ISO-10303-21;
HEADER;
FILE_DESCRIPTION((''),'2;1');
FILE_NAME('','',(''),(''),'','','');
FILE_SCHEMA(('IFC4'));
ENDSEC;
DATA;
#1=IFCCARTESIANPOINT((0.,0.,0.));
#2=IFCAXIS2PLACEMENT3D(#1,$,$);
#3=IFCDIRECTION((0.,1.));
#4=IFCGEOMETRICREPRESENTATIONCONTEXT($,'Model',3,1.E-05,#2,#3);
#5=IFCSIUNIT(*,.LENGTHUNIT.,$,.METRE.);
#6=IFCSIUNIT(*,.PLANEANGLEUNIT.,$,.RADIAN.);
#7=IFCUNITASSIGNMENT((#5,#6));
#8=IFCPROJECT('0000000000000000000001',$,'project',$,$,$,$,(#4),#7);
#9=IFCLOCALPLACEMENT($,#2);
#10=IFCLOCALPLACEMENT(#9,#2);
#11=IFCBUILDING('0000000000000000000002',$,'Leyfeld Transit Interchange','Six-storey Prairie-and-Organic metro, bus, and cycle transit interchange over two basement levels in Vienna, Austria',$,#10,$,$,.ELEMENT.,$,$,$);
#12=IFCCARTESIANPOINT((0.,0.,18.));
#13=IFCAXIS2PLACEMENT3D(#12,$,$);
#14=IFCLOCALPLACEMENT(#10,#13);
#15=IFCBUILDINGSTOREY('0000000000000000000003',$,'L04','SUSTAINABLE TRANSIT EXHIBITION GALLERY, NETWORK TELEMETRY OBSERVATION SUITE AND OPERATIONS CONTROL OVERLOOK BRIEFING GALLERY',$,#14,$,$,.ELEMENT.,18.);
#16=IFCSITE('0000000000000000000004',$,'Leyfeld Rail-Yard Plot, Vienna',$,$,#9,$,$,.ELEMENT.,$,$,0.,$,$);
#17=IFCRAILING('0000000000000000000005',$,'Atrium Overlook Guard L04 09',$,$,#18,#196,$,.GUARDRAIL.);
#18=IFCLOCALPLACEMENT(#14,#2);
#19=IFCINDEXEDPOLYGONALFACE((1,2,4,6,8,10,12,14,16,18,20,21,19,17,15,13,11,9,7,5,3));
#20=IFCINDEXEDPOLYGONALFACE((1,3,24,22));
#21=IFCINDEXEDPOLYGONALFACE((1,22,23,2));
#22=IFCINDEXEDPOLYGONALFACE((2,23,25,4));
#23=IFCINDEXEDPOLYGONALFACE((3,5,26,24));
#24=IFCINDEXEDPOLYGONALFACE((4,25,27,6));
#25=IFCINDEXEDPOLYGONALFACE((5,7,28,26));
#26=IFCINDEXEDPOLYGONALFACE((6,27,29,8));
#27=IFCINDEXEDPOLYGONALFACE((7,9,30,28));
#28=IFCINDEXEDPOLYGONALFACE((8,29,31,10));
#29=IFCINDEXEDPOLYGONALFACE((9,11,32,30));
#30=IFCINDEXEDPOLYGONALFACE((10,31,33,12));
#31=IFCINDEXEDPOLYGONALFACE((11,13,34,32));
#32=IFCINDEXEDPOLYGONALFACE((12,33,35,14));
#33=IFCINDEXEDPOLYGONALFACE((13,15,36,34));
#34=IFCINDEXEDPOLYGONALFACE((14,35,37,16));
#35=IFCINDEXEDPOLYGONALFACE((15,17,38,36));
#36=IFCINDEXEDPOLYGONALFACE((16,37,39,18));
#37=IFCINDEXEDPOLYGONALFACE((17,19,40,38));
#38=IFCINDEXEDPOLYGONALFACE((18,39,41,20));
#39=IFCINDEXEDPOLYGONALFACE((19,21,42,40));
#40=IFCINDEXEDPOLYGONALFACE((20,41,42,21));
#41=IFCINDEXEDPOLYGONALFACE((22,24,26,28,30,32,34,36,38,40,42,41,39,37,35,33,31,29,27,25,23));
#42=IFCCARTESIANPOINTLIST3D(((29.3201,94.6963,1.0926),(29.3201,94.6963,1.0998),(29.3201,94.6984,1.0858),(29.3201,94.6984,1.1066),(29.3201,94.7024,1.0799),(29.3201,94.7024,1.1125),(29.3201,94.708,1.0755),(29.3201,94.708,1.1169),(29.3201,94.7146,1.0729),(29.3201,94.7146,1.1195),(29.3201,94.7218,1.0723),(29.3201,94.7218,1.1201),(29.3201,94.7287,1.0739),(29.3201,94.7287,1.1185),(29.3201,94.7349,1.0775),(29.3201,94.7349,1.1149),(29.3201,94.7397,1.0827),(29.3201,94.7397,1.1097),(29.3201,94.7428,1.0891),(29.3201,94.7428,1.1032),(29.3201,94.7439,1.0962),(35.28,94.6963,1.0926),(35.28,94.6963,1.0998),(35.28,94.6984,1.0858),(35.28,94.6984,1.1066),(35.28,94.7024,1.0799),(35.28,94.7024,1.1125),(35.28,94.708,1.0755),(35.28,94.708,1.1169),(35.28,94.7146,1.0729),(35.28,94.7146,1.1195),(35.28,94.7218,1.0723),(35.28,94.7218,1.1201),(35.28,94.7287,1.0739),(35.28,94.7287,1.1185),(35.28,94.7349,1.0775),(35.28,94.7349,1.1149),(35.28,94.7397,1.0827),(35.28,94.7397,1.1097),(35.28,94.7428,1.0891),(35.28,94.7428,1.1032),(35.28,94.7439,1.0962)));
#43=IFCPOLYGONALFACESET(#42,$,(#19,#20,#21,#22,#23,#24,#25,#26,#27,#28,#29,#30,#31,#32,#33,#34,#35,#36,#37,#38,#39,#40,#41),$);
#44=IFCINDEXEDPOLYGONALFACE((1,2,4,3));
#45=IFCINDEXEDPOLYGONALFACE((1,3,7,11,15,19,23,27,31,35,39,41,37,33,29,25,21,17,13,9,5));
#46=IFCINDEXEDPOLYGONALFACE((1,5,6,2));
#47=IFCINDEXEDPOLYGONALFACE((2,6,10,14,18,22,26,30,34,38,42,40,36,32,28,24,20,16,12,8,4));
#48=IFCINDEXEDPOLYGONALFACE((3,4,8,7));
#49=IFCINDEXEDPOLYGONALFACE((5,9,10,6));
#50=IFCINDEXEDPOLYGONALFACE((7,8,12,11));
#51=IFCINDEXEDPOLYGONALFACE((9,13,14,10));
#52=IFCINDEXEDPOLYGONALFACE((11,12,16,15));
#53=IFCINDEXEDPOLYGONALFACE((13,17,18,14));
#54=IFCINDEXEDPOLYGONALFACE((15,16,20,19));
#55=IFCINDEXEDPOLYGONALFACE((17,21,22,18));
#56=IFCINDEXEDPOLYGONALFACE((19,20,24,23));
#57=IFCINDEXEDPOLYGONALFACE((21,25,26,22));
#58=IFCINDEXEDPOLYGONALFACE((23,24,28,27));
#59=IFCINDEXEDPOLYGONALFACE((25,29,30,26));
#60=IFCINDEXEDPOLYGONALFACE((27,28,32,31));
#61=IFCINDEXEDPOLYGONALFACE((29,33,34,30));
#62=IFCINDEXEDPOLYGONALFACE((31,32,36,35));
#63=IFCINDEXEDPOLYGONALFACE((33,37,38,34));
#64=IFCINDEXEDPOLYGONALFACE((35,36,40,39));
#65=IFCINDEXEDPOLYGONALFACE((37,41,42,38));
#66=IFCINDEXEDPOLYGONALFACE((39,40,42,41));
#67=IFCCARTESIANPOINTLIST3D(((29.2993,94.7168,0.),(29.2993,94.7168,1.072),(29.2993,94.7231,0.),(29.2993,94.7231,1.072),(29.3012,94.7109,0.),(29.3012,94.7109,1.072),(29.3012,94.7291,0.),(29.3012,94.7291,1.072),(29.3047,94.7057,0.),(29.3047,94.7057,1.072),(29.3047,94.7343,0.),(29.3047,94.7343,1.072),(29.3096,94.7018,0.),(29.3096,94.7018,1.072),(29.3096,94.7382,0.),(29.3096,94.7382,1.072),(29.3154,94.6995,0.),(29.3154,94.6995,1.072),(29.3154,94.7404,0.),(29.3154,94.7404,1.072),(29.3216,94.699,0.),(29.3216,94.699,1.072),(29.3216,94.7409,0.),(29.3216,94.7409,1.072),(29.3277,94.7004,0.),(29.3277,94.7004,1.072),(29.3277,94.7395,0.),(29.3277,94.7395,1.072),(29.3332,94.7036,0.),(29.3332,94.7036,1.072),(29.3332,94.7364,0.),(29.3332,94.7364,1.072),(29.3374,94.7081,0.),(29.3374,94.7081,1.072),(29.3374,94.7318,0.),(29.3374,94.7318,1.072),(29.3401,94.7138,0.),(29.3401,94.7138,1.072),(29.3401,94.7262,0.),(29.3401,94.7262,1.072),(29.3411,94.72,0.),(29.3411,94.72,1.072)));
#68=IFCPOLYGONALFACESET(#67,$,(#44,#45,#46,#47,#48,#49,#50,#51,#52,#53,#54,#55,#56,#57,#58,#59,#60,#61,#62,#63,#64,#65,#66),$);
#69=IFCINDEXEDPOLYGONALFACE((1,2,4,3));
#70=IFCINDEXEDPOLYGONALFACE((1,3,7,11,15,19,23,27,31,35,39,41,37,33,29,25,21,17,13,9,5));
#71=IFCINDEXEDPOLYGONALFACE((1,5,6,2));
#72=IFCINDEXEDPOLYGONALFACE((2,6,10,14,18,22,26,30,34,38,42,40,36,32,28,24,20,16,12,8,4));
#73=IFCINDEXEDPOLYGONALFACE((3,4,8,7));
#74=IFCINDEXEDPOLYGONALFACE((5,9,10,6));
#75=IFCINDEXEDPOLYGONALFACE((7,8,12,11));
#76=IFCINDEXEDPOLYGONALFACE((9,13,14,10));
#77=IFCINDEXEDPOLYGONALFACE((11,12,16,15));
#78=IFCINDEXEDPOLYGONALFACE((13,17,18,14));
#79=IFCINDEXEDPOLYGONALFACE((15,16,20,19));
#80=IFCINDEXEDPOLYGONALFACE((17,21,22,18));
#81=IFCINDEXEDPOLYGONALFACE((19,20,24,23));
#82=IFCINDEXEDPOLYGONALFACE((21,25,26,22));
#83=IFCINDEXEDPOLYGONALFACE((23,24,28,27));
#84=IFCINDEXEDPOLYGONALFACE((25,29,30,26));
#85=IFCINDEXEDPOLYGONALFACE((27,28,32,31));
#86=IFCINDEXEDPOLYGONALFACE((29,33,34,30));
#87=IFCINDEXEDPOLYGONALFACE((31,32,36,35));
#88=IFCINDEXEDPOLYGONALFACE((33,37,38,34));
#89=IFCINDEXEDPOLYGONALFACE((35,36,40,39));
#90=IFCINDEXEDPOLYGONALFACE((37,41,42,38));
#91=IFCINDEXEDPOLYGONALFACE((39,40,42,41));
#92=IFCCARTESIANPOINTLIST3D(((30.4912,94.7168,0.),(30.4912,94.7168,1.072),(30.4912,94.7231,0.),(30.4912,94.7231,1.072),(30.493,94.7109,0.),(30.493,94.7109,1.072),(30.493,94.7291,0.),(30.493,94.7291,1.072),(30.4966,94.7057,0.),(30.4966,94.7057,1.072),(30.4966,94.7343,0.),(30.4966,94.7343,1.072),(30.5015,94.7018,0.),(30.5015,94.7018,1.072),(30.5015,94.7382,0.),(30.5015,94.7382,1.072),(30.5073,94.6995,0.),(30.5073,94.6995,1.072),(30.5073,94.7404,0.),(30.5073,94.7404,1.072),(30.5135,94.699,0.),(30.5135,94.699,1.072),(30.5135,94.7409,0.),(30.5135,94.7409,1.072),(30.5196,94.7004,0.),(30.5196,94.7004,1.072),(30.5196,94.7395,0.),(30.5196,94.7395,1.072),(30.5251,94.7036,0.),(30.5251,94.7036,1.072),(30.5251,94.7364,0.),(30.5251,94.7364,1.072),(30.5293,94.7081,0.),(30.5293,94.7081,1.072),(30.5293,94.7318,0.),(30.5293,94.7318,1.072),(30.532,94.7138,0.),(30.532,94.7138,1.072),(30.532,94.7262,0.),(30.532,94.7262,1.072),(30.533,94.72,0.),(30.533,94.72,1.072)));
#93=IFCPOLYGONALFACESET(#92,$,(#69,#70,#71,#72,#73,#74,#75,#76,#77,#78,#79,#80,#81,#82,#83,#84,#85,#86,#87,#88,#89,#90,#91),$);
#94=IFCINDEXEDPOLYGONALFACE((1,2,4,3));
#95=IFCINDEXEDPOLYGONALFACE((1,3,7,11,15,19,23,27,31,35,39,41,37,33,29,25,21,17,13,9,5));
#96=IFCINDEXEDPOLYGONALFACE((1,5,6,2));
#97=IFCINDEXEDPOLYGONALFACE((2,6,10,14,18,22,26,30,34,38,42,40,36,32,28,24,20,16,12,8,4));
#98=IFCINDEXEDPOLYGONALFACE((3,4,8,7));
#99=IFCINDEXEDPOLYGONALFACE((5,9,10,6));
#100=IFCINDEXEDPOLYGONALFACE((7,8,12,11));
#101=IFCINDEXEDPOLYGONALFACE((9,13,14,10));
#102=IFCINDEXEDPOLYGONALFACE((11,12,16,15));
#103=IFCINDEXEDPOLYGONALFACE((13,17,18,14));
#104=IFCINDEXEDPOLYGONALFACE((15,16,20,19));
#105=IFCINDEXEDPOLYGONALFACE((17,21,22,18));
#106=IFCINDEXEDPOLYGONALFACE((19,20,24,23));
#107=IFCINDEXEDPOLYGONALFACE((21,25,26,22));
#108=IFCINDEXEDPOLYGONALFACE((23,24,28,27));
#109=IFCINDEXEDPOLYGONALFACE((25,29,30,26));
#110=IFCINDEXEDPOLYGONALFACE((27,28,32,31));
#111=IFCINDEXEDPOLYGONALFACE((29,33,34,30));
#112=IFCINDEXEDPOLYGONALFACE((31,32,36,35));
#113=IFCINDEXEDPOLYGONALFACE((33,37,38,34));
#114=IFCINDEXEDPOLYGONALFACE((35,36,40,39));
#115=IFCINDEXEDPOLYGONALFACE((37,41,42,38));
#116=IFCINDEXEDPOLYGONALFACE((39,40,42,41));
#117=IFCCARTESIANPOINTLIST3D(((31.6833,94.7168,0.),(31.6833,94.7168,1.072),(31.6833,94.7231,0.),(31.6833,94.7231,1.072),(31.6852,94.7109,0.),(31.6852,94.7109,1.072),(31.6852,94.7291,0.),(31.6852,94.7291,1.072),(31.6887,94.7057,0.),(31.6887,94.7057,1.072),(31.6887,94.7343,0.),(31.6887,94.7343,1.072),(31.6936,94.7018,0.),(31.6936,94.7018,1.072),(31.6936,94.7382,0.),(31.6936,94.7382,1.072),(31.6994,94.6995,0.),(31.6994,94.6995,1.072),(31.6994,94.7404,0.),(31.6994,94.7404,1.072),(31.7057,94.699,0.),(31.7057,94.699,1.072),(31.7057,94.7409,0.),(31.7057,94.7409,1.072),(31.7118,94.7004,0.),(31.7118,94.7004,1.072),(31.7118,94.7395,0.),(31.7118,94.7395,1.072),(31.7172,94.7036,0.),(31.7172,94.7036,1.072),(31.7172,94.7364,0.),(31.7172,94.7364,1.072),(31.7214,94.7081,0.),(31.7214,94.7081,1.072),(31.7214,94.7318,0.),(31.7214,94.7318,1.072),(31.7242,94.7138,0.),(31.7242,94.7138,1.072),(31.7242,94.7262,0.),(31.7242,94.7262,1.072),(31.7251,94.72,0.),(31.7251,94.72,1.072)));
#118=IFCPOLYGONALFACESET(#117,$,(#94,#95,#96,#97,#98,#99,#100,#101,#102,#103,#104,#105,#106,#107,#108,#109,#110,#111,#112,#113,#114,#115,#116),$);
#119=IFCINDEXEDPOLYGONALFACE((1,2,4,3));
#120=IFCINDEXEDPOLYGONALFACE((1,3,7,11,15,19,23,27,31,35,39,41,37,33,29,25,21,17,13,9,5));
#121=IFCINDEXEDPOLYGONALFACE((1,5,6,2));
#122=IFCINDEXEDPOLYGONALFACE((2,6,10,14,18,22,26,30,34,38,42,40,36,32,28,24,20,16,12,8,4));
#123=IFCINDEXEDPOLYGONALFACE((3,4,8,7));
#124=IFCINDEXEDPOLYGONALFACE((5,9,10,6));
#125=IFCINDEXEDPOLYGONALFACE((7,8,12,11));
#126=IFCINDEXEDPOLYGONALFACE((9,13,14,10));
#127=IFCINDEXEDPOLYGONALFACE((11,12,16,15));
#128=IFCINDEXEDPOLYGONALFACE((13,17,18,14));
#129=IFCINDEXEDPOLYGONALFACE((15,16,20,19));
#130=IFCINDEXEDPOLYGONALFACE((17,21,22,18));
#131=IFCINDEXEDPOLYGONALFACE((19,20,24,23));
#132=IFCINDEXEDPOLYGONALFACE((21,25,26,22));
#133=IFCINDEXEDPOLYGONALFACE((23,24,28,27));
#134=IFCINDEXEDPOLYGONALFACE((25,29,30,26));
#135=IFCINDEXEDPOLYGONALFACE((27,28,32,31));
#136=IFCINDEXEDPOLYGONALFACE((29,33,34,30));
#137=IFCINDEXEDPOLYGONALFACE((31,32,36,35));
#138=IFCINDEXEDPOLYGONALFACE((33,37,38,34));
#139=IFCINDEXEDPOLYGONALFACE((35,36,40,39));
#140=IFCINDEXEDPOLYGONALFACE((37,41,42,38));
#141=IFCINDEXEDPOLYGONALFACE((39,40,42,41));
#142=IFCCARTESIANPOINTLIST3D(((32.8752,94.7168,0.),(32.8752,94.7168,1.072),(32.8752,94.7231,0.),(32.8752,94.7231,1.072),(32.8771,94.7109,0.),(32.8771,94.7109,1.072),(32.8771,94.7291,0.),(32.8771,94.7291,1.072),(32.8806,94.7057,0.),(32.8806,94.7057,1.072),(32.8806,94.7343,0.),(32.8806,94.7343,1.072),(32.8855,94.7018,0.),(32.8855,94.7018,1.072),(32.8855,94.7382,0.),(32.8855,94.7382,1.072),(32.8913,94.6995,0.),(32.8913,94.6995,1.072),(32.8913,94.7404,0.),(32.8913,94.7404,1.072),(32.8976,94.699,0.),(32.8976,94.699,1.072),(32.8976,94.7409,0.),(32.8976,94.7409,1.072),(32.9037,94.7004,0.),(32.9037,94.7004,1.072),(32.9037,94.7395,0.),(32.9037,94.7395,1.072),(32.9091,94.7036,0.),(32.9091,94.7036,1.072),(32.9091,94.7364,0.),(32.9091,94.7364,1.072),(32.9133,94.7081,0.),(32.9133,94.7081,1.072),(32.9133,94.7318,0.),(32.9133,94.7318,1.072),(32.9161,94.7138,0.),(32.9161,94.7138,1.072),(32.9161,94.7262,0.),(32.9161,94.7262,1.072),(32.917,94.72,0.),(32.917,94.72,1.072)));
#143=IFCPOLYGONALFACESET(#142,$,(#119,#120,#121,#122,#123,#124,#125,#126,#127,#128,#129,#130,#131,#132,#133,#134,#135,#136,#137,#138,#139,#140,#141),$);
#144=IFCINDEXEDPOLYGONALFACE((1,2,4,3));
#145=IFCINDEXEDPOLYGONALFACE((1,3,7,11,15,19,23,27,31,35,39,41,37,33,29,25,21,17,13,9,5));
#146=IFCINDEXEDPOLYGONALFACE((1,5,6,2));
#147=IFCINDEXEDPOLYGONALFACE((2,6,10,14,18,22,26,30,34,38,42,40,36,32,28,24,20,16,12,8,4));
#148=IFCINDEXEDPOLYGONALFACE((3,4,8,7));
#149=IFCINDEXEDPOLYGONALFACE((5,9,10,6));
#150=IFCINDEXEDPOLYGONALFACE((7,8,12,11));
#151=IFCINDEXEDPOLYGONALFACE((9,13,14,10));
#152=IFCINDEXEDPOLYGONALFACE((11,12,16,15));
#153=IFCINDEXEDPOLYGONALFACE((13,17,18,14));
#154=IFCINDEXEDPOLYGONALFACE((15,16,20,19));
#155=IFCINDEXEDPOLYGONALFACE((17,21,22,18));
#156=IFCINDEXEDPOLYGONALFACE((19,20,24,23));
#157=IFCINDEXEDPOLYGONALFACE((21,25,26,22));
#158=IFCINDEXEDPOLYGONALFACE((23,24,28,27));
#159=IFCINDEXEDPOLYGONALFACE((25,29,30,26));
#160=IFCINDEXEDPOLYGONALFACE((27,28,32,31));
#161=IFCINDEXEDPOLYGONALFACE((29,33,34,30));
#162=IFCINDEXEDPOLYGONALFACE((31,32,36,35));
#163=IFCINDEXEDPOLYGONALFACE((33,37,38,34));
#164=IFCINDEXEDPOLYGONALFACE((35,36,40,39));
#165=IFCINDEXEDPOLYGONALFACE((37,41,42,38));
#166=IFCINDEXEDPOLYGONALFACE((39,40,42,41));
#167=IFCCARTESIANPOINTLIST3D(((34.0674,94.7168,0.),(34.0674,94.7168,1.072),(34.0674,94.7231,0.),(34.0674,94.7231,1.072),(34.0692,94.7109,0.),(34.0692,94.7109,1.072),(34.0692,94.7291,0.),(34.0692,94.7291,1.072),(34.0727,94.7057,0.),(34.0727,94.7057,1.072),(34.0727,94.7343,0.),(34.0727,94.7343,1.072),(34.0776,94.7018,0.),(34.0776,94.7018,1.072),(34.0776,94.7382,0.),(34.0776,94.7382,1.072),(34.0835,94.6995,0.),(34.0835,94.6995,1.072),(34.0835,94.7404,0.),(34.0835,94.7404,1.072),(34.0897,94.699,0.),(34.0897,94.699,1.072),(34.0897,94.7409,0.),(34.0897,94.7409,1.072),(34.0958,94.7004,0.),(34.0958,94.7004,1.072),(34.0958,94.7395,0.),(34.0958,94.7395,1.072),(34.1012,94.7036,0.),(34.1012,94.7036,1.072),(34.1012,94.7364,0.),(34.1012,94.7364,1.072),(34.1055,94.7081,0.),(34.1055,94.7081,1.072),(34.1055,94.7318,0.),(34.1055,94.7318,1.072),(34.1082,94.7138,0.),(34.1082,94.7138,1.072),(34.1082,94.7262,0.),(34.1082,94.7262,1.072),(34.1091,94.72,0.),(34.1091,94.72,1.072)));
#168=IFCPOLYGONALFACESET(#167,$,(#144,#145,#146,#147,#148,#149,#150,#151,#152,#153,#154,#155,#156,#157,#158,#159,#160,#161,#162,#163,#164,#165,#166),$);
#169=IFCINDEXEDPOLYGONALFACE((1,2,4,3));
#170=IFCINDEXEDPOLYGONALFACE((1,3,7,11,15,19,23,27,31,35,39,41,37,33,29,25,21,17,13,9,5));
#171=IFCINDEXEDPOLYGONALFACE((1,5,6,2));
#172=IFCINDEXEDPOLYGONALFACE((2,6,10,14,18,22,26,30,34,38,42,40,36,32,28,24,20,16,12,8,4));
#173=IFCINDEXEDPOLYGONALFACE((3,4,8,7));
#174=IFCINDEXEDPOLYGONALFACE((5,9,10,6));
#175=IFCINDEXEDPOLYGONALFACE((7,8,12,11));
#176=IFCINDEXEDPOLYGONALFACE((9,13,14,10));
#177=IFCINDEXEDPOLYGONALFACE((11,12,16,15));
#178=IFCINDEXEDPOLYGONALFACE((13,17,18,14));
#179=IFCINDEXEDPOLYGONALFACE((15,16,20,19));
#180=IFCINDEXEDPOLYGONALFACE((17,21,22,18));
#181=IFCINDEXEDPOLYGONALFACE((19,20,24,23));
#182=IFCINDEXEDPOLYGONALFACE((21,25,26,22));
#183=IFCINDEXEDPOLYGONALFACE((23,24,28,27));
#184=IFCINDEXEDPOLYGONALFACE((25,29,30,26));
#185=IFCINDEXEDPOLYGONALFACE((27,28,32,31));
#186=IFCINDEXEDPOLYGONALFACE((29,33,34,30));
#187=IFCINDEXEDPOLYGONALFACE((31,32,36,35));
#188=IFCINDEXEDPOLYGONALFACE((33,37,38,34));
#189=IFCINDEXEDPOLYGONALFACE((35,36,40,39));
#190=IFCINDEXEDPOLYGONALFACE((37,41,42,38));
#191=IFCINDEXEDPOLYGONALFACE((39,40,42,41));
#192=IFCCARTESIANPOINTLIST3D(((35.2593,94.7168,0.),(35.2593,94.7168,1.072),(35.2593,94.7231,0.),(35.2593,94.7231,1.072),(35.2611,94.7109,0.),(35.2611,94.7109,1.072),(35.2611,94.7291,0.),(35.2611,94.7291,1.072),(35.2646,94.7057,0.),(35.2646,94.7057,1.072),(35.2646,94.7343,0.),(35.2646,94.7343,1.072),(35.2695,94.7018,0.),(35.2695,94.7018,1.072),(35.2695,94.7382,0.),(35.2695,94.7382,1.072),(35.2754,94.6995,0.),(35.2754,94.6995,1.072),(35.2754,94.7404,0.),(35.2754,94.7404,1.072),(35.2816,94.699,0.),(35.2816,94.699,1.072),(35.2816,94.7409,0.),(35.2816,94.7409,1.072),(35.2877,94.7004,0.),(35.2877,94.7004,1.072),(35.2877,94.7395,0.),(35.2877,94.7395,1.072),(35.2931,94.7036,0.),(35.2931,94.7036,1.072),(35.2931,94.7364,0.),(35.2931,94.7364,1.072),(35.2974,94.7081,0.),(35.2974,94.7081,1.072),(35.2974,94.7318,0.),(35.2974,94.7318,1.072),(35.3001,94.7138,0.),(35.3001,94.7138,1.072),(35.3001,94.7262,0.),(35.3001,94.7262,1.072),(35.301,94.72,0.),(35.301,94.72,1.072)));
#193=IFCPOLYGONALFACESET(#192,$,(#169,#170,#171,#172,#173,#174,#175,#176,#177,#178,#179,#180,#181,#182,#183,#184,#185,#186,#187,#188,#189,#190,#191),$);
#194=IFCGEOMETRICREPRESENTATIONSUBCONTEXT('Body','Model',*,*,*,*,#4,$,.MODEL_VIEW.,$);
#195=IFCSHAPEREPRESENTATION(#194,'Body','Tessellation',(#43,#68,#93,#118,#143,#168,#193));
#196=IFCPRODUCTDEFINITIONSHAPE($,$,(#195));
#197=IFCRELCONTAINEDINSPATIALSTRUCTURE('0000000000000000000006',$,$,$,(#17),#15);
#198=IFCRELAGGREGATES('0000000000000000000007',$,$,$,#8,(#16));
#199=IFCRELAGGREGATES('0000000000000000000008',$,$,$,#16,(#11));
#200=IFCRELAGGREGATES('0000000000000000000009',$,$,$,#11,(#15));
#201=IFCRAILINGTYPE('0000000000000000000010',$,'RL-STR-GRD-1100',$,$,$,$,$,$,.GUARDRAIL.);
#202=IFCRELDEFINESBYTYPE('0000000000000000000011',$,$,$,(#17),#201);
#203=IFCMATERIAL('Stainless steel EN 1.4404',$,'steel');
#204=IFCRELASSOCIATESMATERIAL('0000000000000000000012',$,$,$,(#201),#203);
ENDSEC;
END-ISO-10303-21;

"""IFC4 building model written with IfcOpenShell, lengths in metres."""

from ifc_helpers import new_model, si_unit, direction, frame, origin, origin_2d, place, context, subcontext, project, spatial, circle, extrude, material, type_object, element, save


model = new_model("IFC4")

# Units and contexts
model_context = context("Model", 3, precision=1e-05, world=origin(), true_north=direction((0.0, 1.0)))
body_context = subcontext(model_context, "Body", "Model", "MODEL_VIEW")
ifc_project = project(units=[si_unit("LENGTHUNIT", "METRE"), si_unit("PLANEANGLEUNIT", "RADIAN")], contexts=[model_context])

# Site, building, storey
site_placement = place(None, origin())
site = spatial("IfcSite", under=ifc_project, at=site_placement, Name="Leyfeld Rail-Yard Plot, Vienna", CompositionType="ELEMENT", RefElevation=0.0)
building_placement = place(site_placement, origin())
building = spatial("IfcBuilding", under=site, at=building_placement, Name="Leyfeld Transit Interchange", Description="Six-storey Prairie-and-Organic metro, bus, and cycle transit interchange over two basement levels in Vienna, Austria", CompositionType="ELEMENT")
storey_placement = place(building_placement, frame((0.0, 0.0, 18.0)))
storey = spatial("IfcBuildingStorey", under=building, at=storey_placement, Name="L04", Description="SUSTAINABLE TRANSIT EXHIBITION GALLERY, NETWORK TELEMETRY OBSERVATION SUITE AND OPERATIONS CONTROL OVERLOOK BRIEFING GALLERY", CompositionType="ELEMENT", Elevation=18.0)

# Railing
ifc_material_1 = material(Name="Stainless steel EN 1.4404", Category="steel")
railing_type = type_object("IfcRailingType", Name="RL-STR-GRD-1100", PredefinedType="GUARDRAIL", material=ifc_material_1)
railing_1_placement = place(storey_placement, frame((29.3201, 94.72, 0.0)))
element("IfcRailing", 1, at=railing_1_placement, inside=storey, type_object=railing_type, Name="Atrium Overlook Guard L04 09", PredefinedType="GUARDRAIL", context=body_context, shape_type="SweptSolid", body=[
    extrude(circle(Radius=0.0239, at=origin_2d()), frame((0.0, 0.0, 1.0962), z_axis=(1.0, 0.0, 0.0), x_axis=(0.0, 1.0, 0.0)), (0.0, 0.0, 1.0), 5.96),
    extrude(circle(Radius=0.021, at=origin_2d()), origin(), (0.0, 0.0, 1.0), 1.072),
    extrude(circle(Radius=0.021, at=origin_2d()), frame((1.1919, 0.0, 0.0)), (0.0, 0.0, 1.0), 1.072),
    extrude(circle(Radius=0.021, at=origin_2d()), frame((2.384, 0.0, 0.0)), (0.0, 0.0, 1.0), 1.072),
    extrude(circle(Radius=0.021, at=origin_2d()), frame((3.5759, 0.0, 0.0)), (0.0, 0.0, 1.0), 1.072),
    extrude(circle(Radius=0.021, at=origin_2d()), frame((4.7681, 0.0, 0.0)), (0.0, 0.0, 1.0), 1.072),
    extrude(circle(Radius=0.021, at=origin_2d()), frame((5.96, 0.0, 0.0)), (0.0, 0.0, 1.0), 1.072),
])

save(model, "model.ifc")
